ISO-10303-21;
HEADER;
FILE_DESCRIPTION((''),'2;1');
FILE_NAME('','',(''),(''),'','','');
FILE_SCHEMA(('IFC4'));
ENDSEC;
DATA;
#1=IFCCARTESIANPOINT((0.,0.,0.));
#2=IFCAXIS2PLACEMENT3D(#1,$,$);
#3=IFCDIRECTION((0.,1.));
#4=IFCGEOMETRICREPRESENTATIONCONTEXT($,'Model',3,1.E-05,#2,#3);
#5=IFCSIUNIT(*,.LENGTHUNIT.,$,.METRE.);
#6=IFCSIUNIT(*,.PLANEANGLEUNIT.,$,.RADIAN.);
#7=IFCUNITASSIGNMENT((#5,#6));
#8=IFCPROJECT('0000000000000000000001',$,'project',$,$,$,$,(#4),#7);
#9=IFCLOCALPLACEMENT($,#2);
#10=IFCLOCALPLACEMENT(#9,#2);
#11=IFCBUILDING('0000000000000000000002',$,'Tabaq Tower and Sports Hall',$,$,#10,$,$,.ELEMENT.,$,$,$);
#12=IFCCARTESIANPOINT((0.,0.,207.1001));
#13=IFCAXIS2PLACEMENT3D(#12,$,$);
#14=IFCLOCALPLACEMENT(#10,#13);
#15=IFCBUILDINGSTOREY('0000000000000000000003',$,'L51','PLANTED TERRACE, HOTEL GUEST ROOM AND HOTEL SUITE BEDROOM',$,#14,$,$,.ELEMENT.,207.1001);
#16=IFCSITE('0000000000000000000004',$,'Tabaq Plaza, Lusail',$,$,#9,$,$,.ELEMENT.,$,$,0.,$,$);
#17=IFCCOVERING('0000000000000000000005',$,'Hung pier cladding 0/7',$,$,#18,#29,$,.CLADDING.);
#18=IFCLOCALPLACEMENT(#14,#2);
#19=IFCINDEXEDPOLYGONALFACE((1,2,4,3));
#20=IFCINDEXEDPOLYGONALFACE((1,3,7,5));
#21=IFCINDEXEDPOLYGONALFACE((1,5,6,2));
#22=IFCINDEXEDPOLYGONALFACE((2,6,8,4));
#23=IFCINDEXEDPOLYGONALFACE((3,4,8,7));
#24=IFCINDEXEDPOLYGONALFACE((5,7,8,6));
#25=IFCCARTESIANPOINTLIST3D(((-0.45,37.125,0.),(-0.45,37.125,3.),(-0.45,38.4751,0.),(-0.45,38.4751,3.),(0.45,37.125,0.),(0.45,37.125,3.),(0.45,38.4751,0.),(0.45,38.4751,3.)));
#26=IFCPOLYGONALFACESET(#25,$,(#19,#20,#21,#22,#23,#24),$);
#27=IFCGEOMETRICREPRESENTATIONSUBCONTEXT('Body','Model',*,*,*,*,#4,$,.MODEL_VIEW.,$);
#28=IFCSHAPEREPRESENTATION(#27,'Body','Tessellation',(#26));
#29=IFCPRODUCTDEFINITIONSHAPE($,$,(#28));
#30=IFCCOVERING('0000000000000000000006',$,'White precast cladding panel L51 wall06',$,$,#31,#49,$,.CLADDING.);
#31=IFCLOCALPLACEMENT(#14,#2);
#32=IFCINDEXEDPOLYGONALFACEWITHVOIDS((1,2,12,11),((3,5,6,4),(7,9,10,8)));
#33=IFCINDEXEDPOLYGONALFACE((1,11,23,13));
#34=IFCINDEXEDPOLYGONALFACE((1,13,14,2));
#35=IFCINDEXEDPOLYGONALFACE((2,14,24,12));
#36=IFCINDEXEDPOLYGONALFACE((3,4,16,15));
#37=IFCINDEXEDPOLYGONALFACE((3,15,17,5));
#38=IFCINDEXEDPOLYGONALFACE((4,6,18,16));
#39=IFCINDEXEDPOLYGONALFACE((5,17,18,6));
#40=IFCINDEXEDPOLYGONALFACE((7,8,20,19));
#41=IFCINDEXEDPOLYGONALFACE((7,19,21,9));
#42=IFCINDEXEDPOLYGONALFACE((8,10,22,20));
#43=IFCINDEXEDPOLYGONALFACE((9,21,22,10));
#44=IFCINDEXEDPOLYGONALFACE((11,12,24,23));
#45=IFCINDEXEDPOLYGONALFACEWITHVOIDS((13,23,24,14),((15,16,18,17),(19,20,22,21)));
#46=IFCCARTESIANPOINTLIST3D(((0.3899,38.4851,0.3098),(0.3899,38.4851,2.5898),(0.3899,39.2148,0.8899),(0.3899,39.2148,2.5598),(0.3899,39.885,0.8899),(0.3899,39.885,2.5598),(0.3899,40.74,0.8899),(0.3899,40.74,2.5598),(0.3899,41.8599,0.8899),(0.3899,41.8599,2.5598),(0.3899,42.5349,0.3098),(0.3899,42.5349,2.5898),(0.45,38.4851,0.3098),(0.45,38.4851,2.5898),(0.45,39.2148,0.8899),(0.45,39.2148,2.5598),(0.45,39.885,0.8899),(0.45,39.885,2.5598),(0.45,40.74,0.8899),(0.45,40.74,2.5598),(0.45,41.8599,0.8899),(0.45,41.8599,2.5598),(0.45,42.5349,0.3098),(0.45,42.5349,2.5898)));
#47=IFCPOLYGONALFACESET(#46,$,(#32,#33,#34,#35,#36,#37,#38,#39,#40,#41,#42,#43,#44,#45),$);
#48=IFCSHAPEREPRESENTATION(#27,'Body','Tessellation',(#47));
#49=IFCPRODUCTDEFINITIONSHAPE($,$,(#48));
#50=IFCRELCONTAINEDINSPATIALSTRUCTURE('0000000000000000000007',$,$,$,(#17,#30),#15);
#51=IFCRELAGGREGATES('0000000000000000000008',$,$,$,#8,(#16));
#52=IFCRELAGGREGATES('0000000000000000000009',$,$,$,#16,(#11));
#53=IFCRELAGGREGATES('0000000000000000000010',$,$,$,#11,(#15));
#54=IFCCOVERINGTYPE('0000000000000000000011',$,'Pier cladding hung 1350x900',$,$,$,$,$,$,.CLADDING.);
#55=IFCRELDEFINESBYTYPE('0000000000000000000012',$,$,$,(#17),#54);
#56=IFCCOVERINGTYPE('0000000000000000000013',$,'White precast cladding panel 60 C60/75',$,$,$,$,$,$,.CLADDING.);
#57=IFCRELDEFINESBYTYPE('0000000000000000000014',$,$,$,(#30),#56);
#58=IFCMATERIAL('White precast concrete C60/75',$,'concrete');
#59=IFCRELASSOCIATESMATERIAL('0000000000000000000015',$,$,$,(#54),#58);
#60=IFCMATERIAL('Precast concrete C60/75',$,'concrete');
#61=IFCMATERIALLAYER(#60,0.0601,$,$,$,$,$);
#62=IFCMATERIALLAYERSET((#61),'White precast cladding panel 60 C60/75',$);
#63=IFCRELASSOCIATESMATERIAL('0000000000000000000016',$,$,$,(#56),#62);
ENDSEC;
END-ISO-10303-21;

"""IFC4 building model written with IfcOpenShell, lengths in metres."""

from ifc_helpers import new_model, si_unit, direction, frame, frame_2d, origin, place, context, subcontext, project, spatial, polyline, rectangle, outline, extrude, material, layer, layer_set, type_object, element, save


model = new_model("IFC4")

# Units and contexts
model_context = context("Model", 3, precision=1e-05, world=origin(), true_north=direction((0.0, 1.0)))
body_context = subcontext(model_context, "Body", "Model", "MODEL_VIEW")
ifc_project = project(units=[si_unit("LENGTHUNIT", "METRE"), si_unit("PLANEANGLEUNIT", "RADIAN")], contexts=[model_context])

# Site, building, storey
site_placement = place(None, origin())
site = spatial("IfcSite", under=ifc_project, at=site_placement, Name="Tabaq Plaza, Lusail", CompositionType="ELEMENT", RefElevation=0.0)
building_placement = place(site_placement, origin())
building = spatial("IfcBuilding", under=site, at=building_placement, Name="Tabaq Tower and Sports Hall", CompositionType="ELEMENT")
storey_placement = place(building_placement, frame((0.0, 0.0, 207.1001)))
storey = spatial("IfcBuildingStorey", under=building, at=storey_placement, Name="L51", Description="PLANTED TERRACE, HOTEL GUEST ROOM AND HOTEL SUITE BEDROOM", CompositionType="ELEMENT", Elevation=207.1001)

# Coverings
ifc_material_1 = material(Name="White precast concrete C60/75", Category="concrete")
covering_type_1 = type_object("IfcCoveringType", Name="Pier cladding hung 1350x900", PredefinedType="CLADDING", material=ifc_material_1)
covering_1_placement = place(storey_placement, frame((0.0, 38.4751, 0.0), z_axis=(0.0, 0.0, 1.0), x_axis=(0.0, -1.0, 0.0)))
element("IfcCovering", 1, at=covering_1_placement, inside=storey, type_object=covering_type_1, Name="Hung pier cladding 0/7", PredefinedType="CLADDING", context=body_context, shape_type="SweptSolid", body=[
    extrude(rectangle(XDim=1.3501, YDim=0.8999, at=frame_2d((0.675, 0.0))), origin(), (0.0, 0.0, 1.0), 3.0),
])
ifc_material_2 = material(Name="Precast concrete C60/75", Category="concrete")
ifc_layer_1 = layer(ifc_material_2, 0.0601)
ifc_layer_set_1 = layer_set([ifc_layer_1], Name="White precast cladding panel 60 C60/75")
covering_type_2 = type_object("IfcCoveringType", Name="White precast cladding panel 60 C60/75", PredefinedType="CLADDING", material=ifc_layer_set_1)
covering_2_placement = place(storey_placement, frame((0.4199, 42.5349, 0.3098), z_axis=(0.0, 0.0, 1.0), x_axis=(0.0, -1.0, 0.0)))
element("IfcCovering", 2, at=covering_2_placement, inside=storey, type_object=covering_type_2, Name="White precast cladding panel L51 wall06", PredefinedType="CLADDING", context=body_context, shape_type="SweptSolid", body=[
    extrude(outline(polyline([(0.0, 0.0), (4.0498, 0.0), (4.0498, 2.28), (0.0, 2.28), (0.0, 0.0)]), holes=[polyline([(0.675, 0.5801), (0.675, 2.25), (1.7949, 2.25), (1.7949, 0.5801), (0.675, 0.5801)]), polyline([(2.6499, 0.5801), (2.6499, 2.25), (3.3201, 2.25), (3.3201, 0.5801), (2.6499, 0.5801)])]), frame((0.0, 0.03, 0.0), z_axis=(0.0, -1.0, 0.0), x_axis=(1.0, 0.0, 0.0)), (0.0, 0.0, 1.0), 0.0601),
])

save(model, "model.ifc")
